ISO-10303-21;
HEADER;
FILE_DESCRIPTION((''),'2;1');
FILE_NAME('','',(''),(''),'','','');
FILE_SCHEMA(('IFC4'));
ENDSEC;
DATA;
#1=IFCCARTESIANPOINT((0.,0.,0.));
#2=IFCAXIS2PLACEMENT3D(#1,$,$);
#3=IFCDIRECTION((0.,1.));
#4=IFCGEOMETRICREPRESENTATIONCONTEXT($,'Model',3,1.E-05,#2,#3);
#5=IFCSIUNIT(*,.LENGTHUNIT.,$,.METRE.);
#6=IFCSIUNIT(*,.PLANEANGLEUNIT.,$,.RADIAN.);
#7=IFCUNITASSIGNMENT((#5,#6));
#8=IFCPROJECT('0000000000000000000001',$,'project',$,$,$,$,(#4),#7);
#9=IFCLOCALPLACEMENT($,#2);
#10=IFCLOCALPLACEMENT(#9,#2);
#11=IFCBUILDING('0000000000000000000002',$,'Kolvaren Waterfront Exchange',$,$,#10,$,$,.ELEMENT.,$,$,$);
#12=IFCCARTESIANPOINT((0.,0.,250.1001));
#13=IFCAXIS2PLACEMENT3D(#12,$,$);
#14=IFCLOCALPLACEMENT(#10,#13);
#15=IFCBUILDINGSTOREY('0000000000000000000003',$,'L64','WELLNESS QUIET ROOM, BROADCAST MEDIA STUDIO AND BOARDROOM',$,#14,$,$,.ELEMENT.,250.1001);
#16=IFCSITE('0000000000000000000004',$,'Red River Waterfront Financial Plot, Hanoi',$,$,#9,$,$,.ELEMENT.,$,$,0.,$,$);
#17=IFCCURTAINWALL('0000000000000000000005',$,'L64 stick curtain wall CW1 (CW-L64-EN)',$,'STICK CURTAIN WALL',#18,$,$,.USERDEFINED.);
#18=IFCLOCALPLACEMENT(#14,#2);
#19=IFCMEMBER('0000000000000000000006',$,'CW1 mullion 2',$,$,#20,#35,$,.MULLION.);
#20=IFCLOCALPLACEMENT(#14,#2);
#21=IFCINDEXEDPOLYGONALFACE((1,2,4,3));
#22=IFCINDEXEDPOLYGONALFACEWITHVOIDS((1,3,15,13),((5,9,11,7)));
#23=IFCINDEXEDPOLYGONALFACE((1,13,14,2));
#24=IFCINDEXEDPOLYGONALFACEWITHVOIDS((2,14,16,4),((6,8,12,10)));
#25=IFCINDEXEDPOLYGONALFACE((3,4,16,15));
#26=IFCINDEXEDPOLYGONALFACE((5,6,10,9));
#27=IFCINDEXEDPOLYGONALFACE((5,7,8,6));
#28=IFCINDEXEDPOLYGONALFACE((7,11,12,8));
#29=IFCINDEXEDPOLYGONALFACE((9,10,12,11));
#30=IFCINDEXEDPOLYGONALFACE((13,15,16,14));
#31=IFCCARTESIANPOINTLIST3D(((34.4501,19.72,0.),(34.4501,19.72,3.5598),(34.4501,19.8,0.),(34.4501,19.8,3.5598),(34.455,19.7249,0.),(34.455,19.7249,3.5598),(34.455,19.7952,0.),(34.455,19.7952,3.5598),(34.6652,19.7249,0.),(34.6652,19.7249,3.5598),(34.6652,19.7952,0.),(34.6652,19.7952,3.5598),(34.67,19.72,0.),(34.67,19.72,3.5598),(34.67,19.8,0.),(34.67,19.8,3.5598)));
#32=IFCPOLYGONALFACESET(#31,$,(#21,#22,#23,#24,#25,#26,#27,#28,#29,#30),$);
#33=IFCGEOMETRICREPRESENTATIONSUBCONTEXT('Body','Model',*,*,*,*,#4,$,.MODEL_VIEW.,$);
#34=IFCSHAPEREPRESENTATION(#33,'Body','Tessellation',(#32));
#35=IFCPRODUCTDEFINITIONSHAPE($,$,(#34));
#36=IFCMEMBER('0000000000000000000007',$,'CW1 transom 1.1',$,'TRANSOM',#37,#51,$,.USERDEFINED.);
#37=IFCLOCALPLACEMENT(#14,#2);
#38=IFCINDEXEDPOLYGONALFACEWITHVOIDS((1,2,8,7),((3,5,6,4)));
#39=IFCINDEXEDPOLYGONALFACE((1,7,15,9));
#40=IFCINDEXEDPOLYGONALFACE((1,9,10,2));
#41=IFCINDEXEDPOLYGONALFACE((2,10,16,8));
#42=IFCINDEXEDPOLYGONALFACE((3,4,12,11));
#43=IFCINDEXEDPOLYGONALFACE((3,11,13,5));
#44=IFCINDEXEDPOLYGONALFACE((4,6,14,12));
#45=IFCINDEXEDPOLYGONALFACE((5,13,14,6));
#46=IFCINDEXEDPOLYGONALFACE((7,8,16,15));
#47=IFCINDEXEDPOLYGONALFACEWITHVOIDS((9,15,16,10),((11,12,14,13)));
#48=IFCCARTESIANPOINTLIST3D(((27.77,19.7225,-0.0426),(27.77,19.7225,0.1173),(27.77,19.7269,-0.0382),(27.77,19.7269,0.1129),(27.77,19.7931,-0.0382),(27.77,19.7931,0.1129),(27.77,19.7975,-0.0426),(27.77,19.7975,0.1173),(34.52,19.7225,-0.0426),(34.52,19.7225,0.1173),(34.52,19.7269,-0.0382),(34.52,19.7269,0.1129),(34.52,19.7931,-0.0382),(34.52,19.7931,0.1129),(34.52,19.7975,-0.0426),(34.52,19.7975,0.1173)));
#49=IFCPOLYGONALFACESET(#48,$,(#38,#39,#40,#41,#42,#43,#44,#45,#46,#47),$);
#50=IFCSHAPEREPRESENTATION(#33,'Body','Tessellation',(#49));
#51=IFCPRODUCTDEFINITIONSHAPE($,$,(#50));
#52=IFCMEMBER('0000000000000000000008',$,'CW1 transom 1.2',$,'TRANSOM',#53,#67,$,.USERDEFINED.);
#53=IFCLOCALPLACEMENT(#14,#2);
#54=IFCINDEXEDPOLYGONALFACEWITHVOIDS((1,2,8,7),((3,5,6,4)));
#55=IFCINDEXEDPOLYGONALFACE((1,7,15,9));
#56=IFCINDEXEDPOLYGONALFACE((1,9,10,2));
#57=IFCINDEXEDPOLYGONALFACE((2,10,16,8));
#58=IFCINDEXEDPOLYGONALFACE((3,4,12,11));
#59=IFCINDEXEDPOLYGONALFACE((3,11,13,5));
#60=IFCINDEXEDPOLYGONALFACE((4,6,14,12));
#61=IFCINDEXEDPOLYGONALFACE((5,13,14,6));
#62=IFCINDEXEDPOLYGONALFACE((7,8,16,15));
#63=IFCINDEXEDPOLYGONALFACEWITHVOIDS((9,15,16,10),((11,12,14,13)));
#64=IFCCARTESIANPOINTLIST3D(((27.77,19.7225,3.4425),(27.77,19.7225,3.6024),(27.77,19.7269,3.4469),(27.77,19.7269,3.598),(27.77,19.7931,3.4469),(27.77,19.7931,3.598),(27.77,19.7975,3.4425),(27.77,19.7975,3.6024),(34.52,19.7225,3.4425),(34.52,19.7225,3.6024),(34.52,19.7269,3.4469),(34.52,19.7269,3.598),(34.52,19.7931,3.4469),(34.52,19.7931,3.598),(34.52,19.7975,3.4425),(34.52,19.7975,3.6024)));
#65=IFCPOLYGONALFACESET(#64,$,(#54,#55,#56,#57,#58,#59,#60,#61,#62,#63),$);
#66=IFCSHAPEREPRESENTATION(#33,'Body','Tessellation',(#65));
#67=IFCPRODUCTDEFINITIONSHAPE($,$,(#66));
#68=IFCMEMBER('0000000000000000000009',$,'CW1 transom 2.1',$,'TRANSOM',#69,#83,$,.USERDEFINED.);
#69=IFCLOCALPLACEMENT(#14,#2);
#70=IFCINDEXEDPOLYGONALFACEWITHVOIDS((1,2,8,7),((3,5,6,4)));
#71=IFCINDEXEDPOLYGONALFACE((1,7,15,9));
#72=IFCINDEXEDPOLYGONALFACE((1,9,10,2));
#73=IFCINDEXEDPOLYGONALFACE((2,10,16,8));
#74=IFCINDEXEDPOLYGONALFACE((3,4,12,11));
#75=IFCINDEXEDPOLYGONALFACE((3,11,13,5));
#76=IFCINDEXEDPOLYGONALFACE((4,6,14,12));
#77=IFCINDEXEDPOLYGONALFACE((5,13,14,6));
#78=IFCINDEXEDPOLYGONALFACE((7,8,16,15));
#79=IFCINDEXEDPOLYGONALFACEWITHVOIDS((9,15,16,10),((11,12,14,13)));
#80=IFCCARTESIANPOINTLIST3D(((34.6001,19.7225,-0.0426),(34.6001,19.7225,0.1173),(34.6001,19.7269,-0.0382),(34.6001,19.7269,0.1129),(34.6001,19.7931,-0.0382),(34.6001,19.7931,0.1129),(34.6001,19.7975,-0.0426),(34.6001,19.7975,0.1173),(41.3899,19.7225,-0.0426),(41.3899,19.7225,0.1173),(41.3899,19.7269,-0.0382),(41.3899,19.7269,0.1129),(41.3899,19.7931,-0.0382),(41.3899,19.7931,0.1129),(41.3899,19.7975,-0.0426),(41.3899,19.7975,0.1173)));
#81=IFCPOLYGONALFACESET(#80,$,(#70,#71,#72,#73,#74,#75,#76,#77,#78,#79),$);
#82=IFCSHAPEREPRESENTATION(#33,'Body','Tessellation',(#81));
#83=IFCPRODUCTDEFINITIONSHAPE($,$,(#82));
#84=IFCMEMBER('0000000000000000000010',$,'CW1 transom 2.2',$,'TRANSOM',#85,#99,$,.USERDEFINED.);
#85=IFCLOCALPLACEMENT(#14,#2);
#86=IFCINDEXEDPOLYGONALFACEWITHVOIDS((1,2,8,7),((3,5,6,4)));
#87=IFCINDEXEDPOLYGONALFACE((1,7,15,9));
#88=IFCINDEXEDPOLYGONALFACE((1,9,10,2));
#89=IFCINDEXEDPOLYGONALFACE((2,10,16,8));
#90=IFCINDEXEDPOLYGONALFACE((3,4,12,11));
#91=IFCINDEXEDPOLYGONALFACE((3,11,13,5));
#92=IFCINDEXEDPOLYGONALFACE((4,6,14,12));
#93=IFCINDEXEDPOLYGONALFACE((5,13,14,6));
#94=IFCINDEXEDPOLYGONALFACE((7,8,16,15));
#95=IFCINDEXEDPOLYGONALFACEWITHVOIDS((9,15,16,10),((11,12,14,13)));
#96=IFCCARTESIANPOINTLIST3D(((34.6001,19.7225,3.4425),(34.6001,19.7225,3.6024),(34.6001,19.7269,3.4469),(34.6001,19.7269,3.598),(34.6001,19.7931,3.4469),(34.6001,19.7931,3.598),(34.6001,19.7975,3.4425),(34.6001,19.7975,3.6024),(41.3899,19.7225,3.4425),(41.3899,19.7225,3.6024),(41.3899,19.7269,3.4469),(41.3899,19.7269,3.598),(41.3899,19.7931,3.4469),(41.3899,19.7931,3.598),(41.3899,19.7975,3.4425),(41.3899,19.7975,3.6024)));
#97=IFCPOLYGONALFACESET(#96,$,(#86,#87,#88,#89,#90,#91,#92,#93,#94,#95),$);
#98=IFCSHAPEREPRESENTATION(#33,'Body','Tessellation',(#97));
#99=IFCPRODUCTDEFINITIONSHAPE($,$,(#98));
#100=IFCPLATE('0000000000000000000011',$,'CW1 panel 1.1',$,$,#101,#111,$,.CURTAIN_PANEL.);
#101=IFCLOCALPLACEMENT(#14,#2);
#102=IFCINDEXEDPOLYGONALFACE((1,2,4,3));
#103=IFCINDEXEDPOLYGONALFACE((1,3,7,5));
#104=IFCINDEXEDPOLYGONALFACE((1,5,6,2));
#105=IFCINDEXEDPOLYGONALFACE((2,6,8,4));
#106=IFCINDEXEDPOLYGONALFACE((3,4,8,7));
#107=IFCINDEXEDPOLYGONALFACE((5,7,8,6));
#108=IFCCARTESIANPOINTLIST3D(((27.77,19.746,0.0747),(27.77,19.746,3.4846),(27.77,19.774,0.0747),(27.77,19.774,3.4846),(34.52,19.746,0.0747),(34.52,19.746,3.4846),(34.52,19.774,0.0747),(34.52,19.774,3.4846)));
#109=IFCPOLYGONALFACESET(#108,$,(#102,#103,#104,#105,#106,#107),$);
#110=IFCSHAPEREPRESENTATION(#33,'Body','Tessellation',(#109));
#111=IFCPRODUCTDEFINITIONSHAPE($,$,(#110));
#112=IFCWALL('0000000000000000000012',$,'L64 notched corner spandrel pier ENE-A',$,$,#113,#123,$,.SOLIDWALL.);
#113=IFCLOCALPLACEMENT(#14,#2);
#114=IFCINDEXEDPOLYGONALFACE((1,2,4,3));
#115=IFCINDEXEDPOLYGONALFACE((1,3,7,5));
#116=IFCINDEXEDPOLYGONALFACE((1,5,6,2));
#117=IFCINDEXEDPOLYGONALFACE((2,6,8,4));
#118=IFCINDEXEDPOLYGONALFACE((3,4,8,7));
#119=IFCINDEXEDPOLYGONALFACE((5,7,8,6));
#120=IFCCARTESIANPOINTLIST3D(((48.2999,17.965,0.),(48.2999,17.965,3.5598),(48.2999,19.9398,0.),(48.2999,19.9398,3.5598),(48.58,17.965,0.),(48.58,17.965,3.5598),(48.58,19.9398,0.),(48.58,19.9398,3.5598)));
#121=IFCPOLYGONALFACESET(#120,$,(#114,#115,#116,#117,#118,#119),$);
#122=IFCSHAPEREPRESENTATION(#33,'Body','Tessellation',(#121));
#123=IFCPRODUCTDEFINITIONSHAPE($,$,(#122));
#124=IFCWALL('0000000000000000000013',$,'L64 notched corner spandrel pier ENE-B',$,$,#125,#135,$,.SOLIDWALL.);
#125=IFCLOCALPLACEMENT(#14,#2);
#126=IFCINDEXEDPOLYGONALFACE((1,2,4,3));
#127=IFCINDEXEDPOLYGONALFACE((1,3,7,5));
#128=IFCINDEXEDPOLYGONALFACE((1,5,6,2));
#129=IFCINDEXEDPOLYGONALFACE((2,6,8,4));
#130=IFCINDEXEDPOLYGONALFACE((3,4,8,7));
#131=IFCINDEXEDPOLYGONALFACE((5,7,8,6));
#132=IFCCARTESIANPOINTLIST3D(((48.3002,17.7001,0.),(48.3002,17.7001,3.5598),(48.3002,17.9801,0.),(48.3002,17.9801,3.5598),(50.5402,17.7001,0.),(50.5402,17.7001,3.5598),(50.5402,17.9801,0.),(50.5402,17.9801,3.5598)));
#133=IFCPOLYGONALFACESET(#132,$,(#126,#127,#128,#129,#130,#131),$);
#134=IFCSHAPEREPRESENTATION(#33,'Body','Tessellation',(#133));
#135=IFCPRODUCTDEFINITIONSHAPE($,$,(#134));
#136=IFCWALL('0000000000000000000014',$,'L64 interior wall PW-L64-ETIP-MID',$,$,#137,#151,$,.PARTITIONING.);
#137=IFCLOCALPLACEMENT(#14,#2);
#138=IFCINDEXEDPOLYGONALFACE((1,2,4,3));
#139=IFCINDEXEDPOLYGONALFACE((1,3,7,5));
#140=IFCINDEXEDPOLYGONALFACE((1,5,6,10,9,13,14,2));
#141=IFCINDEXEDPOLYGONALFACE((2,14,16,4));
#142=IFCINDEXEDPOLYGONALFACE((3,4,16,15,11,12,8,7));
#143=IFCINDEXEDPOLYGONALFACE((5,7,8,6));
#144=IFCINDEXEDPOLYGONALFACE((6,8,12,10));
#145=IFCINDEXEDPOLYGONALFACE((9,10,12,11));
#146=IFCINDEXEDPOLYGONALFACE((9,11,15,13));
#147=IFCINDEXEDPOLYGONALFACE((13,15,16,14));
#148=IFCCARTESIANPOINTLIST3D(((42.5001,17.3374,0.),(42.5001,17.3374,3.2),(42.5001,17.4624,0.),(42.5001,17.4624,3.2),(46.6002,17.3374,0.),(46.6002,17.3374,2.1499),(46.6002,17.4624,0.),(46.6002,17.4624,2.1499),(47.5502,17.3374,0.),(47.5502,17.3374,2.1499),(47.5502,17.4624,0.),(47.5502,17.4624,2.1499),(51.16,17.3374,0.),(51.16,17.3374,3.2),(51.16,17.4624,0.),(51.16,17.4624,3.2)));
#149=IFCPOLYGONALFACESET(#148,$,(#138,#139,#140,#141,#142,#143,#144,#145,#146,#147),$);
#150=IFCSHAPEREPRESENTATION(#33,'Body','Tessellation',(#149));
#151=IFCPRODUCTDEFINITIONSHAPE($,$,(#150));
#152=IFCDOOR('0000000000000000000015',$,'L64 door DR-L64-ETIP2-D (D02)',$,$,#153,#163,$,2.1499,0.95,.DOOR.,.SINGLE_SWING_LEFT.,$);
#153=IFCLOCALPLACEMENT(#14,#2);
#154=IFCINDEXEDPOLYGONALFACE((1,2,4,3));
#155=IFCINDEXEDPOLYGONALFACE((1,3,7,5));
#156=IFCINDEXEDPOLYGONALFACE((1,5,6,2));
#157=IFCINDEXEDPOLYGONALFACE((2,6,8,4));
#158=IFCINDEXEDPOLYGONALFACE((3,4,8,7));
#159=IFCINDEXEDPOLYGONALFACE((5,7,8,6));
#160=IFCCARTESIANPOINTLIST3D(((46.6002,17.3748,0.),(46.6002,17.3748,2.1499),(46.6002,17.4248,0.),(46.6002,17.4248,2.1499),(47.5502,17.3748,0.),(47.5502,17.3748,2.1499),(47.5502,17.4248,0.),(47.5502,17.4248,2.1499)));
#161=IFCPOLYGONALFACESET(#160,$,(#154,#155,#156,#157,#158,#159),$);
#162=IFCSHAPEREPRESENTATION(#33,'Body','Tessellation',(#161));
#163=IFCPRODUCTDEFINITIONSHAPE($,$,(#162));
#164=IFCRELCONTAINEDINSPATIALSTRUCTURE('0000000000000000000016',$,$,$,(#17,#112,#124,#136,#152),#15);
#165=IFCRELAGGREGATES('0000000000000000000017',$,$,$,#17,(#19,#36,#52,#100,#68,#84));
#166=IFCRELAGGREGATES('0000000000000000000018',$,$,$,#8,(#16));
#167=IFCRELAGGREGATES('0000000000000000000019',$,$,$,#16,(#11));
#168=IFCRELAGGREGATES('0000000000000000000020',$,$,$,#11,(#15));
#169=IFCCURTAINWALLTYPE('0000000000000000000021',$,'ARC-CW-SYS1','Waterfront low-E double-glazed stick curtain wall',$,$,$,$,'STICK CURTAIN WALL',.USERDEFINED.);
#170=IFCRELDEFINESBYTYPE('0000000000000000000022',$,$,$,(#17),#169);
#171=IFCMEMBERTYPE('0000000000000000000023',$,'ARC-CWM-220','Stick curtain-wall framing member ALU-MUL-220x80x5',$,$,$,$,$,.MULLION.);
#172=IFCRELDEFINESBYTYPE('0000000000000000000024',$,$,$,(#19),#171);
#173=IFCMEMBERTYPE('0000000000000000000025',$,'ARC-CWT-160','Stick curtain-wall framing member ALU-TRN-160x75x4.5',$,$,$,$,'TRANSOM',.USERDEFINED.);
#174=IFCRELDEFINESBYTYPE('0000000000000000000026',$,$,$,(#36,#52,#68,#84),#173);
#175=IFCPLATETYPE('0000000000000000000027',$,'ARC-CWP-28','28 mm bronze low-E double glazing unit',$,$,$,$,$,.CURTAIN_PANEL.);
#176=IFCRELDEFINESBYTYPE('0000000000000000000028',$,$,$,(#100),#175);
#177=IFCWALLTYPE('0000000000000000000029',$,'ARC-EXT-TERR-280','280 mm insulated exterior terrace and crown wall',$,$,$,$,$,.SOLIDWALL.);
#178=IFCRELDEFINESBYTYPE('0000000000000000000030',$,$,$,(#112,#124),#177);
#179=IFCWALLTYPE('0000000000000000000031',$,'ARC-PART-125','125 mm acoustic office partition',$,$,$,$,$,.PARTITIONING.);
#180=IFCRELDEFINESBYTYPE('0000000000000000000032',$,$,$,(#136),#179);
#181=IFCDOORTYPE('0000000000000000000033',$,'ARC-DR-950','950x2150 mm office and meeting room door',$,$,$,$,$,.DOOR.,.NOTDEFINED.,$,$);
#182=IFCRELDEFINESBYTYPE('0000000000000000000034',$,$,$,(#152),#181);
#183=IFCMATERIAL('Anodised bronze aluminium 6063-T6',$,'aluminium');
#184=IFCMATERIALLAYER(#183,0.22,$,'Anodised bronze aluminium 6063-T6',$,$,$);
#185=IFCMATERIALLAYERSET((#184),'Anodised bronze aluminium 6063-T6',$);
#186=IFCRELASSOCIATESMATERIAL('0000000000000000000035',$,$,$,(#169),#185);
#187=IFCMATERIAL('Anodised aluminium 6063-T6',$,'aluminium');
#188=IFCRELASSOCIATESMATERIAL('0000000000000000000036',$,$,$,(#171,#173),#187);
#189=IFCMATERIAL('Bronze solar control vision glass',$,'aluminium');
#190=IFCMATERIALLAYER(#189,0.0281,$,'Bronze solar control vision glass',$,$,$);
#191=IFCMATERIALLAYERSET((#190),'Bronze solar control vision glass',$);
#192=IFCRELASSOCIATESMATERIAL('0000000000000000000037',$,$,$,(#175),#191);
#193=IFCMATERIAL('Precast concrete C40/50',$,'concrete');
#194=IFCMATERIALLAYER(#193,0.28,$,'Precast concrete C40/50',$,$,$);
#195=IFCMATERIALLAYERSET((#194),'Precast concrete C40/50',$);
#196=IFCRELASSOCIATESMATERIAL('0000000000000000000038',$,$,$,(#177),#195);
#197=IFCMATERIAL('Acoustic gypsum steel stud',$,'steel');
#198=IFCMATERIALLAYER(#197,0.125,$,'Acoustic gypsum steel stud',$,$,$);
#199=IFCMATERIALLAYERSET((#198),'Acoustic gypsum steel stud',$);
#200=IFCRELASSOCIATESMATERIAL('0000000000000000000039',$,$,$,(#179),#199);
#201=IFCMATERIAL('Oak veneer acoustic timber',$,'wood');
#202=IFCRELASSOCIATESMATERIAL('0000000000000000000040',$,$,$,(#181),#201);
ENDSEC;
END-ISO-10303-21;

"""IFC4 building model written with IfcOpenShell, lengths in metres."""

from ifc_helpers import new_model, si_unit, direction, frame, frame_2d, origin, origin_with_axes, origin_2d, place, context, subcontext, project, spatial, rectangle, hollow_rectangle, extrude, source, transform, mapped, material, layer, layer_set, material_profile, profile_set, type_object, element, fill, aggregate, save


model = new_model("IFC4")

# Units and contexts
model_context = context("Model", 3, precision=1e-05, world=origin(), true_north=direction((0.0, 1.0)))
body_context = subcontext(model_context, "Body", "Model", "MODEL_VIEW")
ifc_project = project(units=[si_unit("LENGTHUNIT", "METRE"), si_unit("PLANEANGLEUNIT", "RADIAN")], contexts=[model_context])

# Site, building, storey
site_placement = place(None, origin())
site = spatial("IfcSite", under=ifc_project, at=site_placement, Name="Red River Waterfront Financial Plot, Hanoi", CompositionType="ELEMENT", RefElevation=0.0)
building_placement = place(site_placement, origin())
building = spatial("IfcBuilding", under=site, at=building_placement, Name="Kolvaren Waterfront Exchange", CompositionType="ELEMENT")
storey_placement = place(building_placement, frame((0.0, 0.0, 250.1001)))
storey = spatial("IfcBuildingStorey", under=building, at=storey_placement, Name="L64", Description="WELLNESS QUIET ROOM, BROADCAST MEDIA STUDIO AND BOARDROOM", CompositionType="ELEMENT", Elevation=250.1001)

# Curtain wall, members, plate
ifc_material_1 = material(Name="Anodised bronze aluminium 6063-T6", Category="aluminium")
ifc_layer_1 = layer(ifc_material_1, 0.22, Name="Anodised bronze aluminium 6063-T6")
ifc_layer_set_1 = layer_set([ifc_layer_1], Name="Anodised bronze aluminium 6063-T6")
curtain_wall_type = type_object("IfcCurtainWallType", Name="ARC-CW-SYS1", Description="Waterfront low-E double-glazed stick curtain wall", ElementType="STICK CURTAIN WALL", PredefinedType="USERDEFINED", material=ifc_layer_set_1)
curtain_wall_placement = place(storey_placement, origin())
curtain_wall = element("IfcCurtainWall", 1, at=curtain_wall_placement, inside=storey, type_object=curtain_wall_type, Name="L64 stick curtain wall CW1 (CW-L64-EN)", ObjectType="STICK CURTAIN WALL", PredefinedType="USERDEFINED")
ifc_material_2 = material(Name="Anodised aluminium 6063-T6", Category="aluminium")
ifc_material_profile_1 = material_profile(ifc_material_2, hollow_rectangle(XDim=0.0801, YDim=0.22, WallThickness=0.0049, at=origin_2d()), Name="ALU-MUL-220x80x5")
ifc_profile_set_1 = profile_set([ifc_material_profile_1], Name="Anodised aluminium 6063-T6")
member_type_1 = type_object("IfcMemberType", Name="ARC-CWM-220", Description="Stick curtain-wall framing member ALU-MUL-220x80x5", PredefinedType="MULLION", material=ifc_profile_set_1)
shared_shape_1 = source(origin_with_axes(), body_context, "Body", "SweptSolid", [
    extrude(hollow_rectangle(XDim=0.0801, YDim=0.22, WallThickness=0.0049, at=origin_2d()), origin(), (0.0, 0.0, 1.0), 3.5598),
])
member_1_placement = place(storey_placement, frame((34.5601, 19.76, 0.0), z_axis=(0.0, 0.0, 1.0), x_axis=(0.0, 1.0, 0.0)))
member_1 = element("IfcMember", 2, at=member_1_placement, type_object=member_type_1, Name="CW1 mullion 2", PredefinedType="MULLION", context=body_context, shape_type="MappedRepresentation", body=[
    mapped(shared_shape_1, transform((0.0, 0.0, 0.0), x_axis=(1.0, 0.0, 0.0), y_axis=(0.0, 1.0, 0.0), z_axis=(0.0, 0.0, 1.0), scale=1.0)),
])
ifc_material_profile_2 = material_profile(ifc_material_2, hollow_rectangle(XDim=0.075, YDim=0.1599, WallThickness=0.0044, at=origin_2d()), Name="ALU-TRN-160x75x4.5")
ifc_profile_set_2 = profile_set([ifc_material_profile_2], Name="Anodised aluminium 6063-T6")
member_type_2 = type_object("IfcMemberType", Name="ARC-CWT-160", Description="Stick curtain-wall framing member ALU-TRN-160x75x4.5", ElementType="TRANSOM", PredefinedType="USERDEFINED", material=ifc_profile_set_2)
shared_shape_2 = source(origin_with_axes(), body_context, "Body", "SweptSolid", [
    extrude(hollow_rectangle(XDim=0.075, YDim=0.1599, WallThickness=0.0044, at=origin_2d()), origin(), (0.0, 0.0, 1.0), 6.75),
])
member_2_placement = place(storey_placement, frame((27.77, 19.76, 0.0374), z_axis=(1.0, 0.0, 0.0), x_axis=(0.0, 1.0, 0.0)))
member_2 = element("IfcMember", 3, at=member_2_placement, type_object=member_type_2, Name="CW1 transom 1.1", ObjectType="TRANSOM", PredefinedType="USERDEFINED", context=body_context, shape_type="MappedRepresentation", body=[
    mapped(shared_shape_2, transform((0.0, 0.0, 0.0), x_axis=(1.0, 0.0, 0.0), y_axis=(0.0, 1.0, 0.0), z_axis=(0.0, 0.0, 1.0), scale=1.0)),
])
member_3_placement = place(storey_placement, frame((27.77, 19.76, 3.5225), z_axis=(1.0, 0.0, 0.0), x_axis=(0.0, 1.0, 0.0)))
member_3 = element("IfcMember", 4, at=member_3_placement, type_object=member_type_2, Name="CW1 transom 1.2", ObjectType="TRANSOM", PredefinedType="USERDEFINED", context=body_context, shape_type="MappedRepresentation", body=[
    mapped(shared_shape_2, transform((0.0, 0.0, 0.0), x_axis=(1.0, 0.0, 0.0), y_axis=(0.0, 1.0, 0.0), z_axis=(0.0, 0.0, 1.0), scale=1.0)),
])
shared_shape_3 = source(origin_with_axes(), body_context, "Body", "SweptSolid", [
    extrude(hollow_rectangle(XDim=0.075, YDim=0.1599, WallThickness=0.0044, at=origin_2d()), origin(), (0.0, 0.0, 1.0), 6.7898),
])
member_4_placement = place(storey_placement, frame((34.6001, 19.76, 0.0374), z_axis=(1.0, 0.0, 0.0), x_axis=(0.0, 1.0, 0.0)))
member_4 = element("IfcMember", 5, at=member_4_placement, type_object=member_type_2, Name="CW1 transom 2.1", ObjectType="TRANSOM", PredefinedType="USERDEFINED", context=body_context, shape_type="MappedRepresentation", body=[
    mapped(shared_shape_3, transform((0.0, 0.0, 0.0), x_axis=(1.0, 0.0, 0.0), y_axis=(0.0, 1.0, 0.0), z_axis=(0.0, 0.0, 1.0), scale=1.0)),
])
member_5_placement = place(storey_placement, frame((34.6001, 19.76, 3.5225), z_axis=(1.0, 0.0, 0.0), x_axis=(0.0, 1.0, 0.0)))
member_5 = element("IfcMember", 6, at=member_5_placement, type_object=member_type_2, Name="CW1 transom 2.2", ObjectType="TRANSOM", PredefinedType="USERDEFINED", context=body_context, shape_type="MappedRepresentation", body=[
    mapped(shared_shape_3, transform((0.0, 0.0, 0.0), x_axis=(1.0, 0.0, 0.0), y_axis=(0.0, 1.0, 0.0), z_axis=(0.0, 0.0, 1.0), scale=1.0)),
])
ifc_material_3 = material(Name="Bronze solar control vision glass", Category="aluminium")
ifc_layer_2 = layer(ifc_material_3, 0.0281, Name="Bronze solar control vision glass")
ifc_layer_set_2 = layer_set([ifc_layer_2], Name="Bronze solar control vision glass")
plate_type = type_object("IfcPlateType", Name="ARC-CWP-28", Description="28 mm bronze low-E double glazing unit", PredefinedType="CURTAIN_PANEL", material=ifc_layer_set_2)
shared_shape_4 = source(origin_with_axes(), body_context, "Body", "SweptSolid", [
    extrude(rectangle(XDim=6.75, YDim=0.0281, at=origin_2d()), origin(), (0.0, 0.0, 1.0), 3.4099),
])
plate_placement = place(storey_placement, frame((31.145, 19.76, 0.0747), z_axis=(0.0, 0.0, 1.0), x_axis=(1.0, 0.0, 0.0)))
plate = element("IfcPlate", 7, at=plate_placement, type_object=plate_type, Name="CW1 panel 1.1", PredefinedType="CURTAIN_PANEL", context=body_context, shape_type="MappedRepresentation", body=[
    mapped(shared_shape_4, transform((0.0, 0.0, 0.0), x_axis=(1.0, 0.0, 0.0), y_axis=(0.0, 1.0, 0.0), z_axis=(0.0, 0.0, 1.0), scale=1.0)),
])
aggregate(curtain_wall, [member_1, member_2, member_3, plate, member_4, member_5])

# Walls
ifc_material_4 = material(Name="Precast concrete C40/50", Category="concrete")
ifc_layer_3 = layer(ifc_material_4, 0.28, Name="Precast concrete C40/50")
ifc_layer_set_3 = layer_set([ifc_layer_3], Name="Precast concrete C40/50")
wall_type_1 = type_object("IfcWallType", Name="ARC-EXT-TERR-280", Description="280 mm insulated exterior terrace and crown wall", PredefinedType="SOLIDWALL", material=ifc_layer_set_3)
wall_1_placement = place(storey_placement, frame((48.4399, 17.9651, 0.0), z_axis=(0.0, 0.0, 1.0), x_axis=(0.0, 1.0, 0.0)))
element("IfcWall", 8, at=wall_1_placement, inside=storey, type_object=wall_type_1, Name="L64 notched corner spandrel pier ENE-A", PredefinedType="SOLIDWALL", context=body_context, shape_type="SweptSolid", body=[
    extrude(rectangle(XDim=1.9749, YDim=0.28, at=frame_2d((0.9873, 0.0))), origin(), (0.0, 0.0, 1.0), 3.5598),
])
wall_2_placement = place(storey_placement, frame((48.3, 17.8401, 0.0), z_axis=(0.0, 0.0, 1.0), x_axis=(1.0, 0.0, 0.0)))
element("IfcWall", 9, at=wall_2_placement, inside=storey, type_object=wall_type_1, Name="L64 notched corner spandrel pier ENE-B", PredefinedType="SOLIDWALL", context=body_context, shape_type="SweptSolid", body=[
    extrude(rectangle(XDim=2.24, YDim=0.28, at=frame_2d((1.1201, 0.0))), origin(), (0.0, 0.0, 1.0), 3.5598),
])

# Wall, opening, door
ifc_material_5 = material(Name="Acoustic gypsum steel stud", Category="steel")
ifc_layer_4 = layer(ifc_material_5, 0.125, Name="Acoustic gypsum steel stud")
ifc_layer_set_4 = layer_set([ifc_layer_4], Name="Acoustic gypsum steel stud")
wall_type_2 = type_object("IfcWallType", Name="ARC-PART-125", Description="125 mm acoustic office partition", PredefinedType="PARTITIONING", material=ifc_layer_set_4)
wall_3_placement = place(storey_placement, frame((42.5, 17.3999, 0.0), z_axis=(0.0, 0.0, 1.0), x_axis=(1.0, 0.0, 0.0)))
wall_3 = element("IfcWall", 10, at=wall_3_placement, inside=storey, type_object=wall_type_2, Name="L64 interior wall PW-L64-ETIP-MID", PredefinedType="PARTITIONING", context=body_context, shape_type="SweptSolid", body=[
    extrude(rectangle(XDim=8.6599, YDim=0.125, at=frame_2d((4.3301, 0.0))), origin(), (0.0, 0.0, 1.0), 3.2),
])
opening_placement = place(wall_3_placement, frame((4.1001, 0.0, 0.0)))
opening = element("IfcOpeningElement", 11, at=opening_placement, cuts=wall_3, PredefinedType="OPENING", context=body_context, shape_type="SweptSolid", body=[
    extrude(rectangle(XDim=0.95, YDim=2.1499, at=frame_2d((0.4751, 1.075))), frame((0.0, 0.0725, 0.0), z_axis=(0.0, -1.0, 0.0), x_axis=(1.0, 0.0, 0.0)), (0.0, 0.0, 1.0), 0.145),
])
ifc_material_6 = material(Name="Oak veneer acoustic timber", Category="wood")
door_type = type_object("IfcDoorType", Name="ARC-DR-950", Description="950x2150 mm office and meeting room door", OperationType="NOTDEFINED", PredefinedType="DOOR", material=ifc_material_6)
door_placement = place(opening_placement, origin())
door = element("IfcDoor", 12, at=door_placement, inside=storey, type_object=door_type, Name="L64 door DR-L64-ETIP2-D (D02)", OperationType="SINGLE_SWING_LEFT", OverallHeight=2.1499, OverallWidth=0.95, PredefinedType="DOOR", context=body_context, shape_type="SweptSolid", body=[
    extrude(rectangle(XDim=0.95, YDim=2.1499, at=frame_2d((0.4751, 1.075))), frame((0.0, 0.0249, 0.0), z_axis=(0.0, -1.0, 0.0), x_axis=(1.0, 0.0, 0.0)), (0.0, 0.0, 1.0), 0.05),
])
fill(opening, door)

save(model, "model.ifc")
